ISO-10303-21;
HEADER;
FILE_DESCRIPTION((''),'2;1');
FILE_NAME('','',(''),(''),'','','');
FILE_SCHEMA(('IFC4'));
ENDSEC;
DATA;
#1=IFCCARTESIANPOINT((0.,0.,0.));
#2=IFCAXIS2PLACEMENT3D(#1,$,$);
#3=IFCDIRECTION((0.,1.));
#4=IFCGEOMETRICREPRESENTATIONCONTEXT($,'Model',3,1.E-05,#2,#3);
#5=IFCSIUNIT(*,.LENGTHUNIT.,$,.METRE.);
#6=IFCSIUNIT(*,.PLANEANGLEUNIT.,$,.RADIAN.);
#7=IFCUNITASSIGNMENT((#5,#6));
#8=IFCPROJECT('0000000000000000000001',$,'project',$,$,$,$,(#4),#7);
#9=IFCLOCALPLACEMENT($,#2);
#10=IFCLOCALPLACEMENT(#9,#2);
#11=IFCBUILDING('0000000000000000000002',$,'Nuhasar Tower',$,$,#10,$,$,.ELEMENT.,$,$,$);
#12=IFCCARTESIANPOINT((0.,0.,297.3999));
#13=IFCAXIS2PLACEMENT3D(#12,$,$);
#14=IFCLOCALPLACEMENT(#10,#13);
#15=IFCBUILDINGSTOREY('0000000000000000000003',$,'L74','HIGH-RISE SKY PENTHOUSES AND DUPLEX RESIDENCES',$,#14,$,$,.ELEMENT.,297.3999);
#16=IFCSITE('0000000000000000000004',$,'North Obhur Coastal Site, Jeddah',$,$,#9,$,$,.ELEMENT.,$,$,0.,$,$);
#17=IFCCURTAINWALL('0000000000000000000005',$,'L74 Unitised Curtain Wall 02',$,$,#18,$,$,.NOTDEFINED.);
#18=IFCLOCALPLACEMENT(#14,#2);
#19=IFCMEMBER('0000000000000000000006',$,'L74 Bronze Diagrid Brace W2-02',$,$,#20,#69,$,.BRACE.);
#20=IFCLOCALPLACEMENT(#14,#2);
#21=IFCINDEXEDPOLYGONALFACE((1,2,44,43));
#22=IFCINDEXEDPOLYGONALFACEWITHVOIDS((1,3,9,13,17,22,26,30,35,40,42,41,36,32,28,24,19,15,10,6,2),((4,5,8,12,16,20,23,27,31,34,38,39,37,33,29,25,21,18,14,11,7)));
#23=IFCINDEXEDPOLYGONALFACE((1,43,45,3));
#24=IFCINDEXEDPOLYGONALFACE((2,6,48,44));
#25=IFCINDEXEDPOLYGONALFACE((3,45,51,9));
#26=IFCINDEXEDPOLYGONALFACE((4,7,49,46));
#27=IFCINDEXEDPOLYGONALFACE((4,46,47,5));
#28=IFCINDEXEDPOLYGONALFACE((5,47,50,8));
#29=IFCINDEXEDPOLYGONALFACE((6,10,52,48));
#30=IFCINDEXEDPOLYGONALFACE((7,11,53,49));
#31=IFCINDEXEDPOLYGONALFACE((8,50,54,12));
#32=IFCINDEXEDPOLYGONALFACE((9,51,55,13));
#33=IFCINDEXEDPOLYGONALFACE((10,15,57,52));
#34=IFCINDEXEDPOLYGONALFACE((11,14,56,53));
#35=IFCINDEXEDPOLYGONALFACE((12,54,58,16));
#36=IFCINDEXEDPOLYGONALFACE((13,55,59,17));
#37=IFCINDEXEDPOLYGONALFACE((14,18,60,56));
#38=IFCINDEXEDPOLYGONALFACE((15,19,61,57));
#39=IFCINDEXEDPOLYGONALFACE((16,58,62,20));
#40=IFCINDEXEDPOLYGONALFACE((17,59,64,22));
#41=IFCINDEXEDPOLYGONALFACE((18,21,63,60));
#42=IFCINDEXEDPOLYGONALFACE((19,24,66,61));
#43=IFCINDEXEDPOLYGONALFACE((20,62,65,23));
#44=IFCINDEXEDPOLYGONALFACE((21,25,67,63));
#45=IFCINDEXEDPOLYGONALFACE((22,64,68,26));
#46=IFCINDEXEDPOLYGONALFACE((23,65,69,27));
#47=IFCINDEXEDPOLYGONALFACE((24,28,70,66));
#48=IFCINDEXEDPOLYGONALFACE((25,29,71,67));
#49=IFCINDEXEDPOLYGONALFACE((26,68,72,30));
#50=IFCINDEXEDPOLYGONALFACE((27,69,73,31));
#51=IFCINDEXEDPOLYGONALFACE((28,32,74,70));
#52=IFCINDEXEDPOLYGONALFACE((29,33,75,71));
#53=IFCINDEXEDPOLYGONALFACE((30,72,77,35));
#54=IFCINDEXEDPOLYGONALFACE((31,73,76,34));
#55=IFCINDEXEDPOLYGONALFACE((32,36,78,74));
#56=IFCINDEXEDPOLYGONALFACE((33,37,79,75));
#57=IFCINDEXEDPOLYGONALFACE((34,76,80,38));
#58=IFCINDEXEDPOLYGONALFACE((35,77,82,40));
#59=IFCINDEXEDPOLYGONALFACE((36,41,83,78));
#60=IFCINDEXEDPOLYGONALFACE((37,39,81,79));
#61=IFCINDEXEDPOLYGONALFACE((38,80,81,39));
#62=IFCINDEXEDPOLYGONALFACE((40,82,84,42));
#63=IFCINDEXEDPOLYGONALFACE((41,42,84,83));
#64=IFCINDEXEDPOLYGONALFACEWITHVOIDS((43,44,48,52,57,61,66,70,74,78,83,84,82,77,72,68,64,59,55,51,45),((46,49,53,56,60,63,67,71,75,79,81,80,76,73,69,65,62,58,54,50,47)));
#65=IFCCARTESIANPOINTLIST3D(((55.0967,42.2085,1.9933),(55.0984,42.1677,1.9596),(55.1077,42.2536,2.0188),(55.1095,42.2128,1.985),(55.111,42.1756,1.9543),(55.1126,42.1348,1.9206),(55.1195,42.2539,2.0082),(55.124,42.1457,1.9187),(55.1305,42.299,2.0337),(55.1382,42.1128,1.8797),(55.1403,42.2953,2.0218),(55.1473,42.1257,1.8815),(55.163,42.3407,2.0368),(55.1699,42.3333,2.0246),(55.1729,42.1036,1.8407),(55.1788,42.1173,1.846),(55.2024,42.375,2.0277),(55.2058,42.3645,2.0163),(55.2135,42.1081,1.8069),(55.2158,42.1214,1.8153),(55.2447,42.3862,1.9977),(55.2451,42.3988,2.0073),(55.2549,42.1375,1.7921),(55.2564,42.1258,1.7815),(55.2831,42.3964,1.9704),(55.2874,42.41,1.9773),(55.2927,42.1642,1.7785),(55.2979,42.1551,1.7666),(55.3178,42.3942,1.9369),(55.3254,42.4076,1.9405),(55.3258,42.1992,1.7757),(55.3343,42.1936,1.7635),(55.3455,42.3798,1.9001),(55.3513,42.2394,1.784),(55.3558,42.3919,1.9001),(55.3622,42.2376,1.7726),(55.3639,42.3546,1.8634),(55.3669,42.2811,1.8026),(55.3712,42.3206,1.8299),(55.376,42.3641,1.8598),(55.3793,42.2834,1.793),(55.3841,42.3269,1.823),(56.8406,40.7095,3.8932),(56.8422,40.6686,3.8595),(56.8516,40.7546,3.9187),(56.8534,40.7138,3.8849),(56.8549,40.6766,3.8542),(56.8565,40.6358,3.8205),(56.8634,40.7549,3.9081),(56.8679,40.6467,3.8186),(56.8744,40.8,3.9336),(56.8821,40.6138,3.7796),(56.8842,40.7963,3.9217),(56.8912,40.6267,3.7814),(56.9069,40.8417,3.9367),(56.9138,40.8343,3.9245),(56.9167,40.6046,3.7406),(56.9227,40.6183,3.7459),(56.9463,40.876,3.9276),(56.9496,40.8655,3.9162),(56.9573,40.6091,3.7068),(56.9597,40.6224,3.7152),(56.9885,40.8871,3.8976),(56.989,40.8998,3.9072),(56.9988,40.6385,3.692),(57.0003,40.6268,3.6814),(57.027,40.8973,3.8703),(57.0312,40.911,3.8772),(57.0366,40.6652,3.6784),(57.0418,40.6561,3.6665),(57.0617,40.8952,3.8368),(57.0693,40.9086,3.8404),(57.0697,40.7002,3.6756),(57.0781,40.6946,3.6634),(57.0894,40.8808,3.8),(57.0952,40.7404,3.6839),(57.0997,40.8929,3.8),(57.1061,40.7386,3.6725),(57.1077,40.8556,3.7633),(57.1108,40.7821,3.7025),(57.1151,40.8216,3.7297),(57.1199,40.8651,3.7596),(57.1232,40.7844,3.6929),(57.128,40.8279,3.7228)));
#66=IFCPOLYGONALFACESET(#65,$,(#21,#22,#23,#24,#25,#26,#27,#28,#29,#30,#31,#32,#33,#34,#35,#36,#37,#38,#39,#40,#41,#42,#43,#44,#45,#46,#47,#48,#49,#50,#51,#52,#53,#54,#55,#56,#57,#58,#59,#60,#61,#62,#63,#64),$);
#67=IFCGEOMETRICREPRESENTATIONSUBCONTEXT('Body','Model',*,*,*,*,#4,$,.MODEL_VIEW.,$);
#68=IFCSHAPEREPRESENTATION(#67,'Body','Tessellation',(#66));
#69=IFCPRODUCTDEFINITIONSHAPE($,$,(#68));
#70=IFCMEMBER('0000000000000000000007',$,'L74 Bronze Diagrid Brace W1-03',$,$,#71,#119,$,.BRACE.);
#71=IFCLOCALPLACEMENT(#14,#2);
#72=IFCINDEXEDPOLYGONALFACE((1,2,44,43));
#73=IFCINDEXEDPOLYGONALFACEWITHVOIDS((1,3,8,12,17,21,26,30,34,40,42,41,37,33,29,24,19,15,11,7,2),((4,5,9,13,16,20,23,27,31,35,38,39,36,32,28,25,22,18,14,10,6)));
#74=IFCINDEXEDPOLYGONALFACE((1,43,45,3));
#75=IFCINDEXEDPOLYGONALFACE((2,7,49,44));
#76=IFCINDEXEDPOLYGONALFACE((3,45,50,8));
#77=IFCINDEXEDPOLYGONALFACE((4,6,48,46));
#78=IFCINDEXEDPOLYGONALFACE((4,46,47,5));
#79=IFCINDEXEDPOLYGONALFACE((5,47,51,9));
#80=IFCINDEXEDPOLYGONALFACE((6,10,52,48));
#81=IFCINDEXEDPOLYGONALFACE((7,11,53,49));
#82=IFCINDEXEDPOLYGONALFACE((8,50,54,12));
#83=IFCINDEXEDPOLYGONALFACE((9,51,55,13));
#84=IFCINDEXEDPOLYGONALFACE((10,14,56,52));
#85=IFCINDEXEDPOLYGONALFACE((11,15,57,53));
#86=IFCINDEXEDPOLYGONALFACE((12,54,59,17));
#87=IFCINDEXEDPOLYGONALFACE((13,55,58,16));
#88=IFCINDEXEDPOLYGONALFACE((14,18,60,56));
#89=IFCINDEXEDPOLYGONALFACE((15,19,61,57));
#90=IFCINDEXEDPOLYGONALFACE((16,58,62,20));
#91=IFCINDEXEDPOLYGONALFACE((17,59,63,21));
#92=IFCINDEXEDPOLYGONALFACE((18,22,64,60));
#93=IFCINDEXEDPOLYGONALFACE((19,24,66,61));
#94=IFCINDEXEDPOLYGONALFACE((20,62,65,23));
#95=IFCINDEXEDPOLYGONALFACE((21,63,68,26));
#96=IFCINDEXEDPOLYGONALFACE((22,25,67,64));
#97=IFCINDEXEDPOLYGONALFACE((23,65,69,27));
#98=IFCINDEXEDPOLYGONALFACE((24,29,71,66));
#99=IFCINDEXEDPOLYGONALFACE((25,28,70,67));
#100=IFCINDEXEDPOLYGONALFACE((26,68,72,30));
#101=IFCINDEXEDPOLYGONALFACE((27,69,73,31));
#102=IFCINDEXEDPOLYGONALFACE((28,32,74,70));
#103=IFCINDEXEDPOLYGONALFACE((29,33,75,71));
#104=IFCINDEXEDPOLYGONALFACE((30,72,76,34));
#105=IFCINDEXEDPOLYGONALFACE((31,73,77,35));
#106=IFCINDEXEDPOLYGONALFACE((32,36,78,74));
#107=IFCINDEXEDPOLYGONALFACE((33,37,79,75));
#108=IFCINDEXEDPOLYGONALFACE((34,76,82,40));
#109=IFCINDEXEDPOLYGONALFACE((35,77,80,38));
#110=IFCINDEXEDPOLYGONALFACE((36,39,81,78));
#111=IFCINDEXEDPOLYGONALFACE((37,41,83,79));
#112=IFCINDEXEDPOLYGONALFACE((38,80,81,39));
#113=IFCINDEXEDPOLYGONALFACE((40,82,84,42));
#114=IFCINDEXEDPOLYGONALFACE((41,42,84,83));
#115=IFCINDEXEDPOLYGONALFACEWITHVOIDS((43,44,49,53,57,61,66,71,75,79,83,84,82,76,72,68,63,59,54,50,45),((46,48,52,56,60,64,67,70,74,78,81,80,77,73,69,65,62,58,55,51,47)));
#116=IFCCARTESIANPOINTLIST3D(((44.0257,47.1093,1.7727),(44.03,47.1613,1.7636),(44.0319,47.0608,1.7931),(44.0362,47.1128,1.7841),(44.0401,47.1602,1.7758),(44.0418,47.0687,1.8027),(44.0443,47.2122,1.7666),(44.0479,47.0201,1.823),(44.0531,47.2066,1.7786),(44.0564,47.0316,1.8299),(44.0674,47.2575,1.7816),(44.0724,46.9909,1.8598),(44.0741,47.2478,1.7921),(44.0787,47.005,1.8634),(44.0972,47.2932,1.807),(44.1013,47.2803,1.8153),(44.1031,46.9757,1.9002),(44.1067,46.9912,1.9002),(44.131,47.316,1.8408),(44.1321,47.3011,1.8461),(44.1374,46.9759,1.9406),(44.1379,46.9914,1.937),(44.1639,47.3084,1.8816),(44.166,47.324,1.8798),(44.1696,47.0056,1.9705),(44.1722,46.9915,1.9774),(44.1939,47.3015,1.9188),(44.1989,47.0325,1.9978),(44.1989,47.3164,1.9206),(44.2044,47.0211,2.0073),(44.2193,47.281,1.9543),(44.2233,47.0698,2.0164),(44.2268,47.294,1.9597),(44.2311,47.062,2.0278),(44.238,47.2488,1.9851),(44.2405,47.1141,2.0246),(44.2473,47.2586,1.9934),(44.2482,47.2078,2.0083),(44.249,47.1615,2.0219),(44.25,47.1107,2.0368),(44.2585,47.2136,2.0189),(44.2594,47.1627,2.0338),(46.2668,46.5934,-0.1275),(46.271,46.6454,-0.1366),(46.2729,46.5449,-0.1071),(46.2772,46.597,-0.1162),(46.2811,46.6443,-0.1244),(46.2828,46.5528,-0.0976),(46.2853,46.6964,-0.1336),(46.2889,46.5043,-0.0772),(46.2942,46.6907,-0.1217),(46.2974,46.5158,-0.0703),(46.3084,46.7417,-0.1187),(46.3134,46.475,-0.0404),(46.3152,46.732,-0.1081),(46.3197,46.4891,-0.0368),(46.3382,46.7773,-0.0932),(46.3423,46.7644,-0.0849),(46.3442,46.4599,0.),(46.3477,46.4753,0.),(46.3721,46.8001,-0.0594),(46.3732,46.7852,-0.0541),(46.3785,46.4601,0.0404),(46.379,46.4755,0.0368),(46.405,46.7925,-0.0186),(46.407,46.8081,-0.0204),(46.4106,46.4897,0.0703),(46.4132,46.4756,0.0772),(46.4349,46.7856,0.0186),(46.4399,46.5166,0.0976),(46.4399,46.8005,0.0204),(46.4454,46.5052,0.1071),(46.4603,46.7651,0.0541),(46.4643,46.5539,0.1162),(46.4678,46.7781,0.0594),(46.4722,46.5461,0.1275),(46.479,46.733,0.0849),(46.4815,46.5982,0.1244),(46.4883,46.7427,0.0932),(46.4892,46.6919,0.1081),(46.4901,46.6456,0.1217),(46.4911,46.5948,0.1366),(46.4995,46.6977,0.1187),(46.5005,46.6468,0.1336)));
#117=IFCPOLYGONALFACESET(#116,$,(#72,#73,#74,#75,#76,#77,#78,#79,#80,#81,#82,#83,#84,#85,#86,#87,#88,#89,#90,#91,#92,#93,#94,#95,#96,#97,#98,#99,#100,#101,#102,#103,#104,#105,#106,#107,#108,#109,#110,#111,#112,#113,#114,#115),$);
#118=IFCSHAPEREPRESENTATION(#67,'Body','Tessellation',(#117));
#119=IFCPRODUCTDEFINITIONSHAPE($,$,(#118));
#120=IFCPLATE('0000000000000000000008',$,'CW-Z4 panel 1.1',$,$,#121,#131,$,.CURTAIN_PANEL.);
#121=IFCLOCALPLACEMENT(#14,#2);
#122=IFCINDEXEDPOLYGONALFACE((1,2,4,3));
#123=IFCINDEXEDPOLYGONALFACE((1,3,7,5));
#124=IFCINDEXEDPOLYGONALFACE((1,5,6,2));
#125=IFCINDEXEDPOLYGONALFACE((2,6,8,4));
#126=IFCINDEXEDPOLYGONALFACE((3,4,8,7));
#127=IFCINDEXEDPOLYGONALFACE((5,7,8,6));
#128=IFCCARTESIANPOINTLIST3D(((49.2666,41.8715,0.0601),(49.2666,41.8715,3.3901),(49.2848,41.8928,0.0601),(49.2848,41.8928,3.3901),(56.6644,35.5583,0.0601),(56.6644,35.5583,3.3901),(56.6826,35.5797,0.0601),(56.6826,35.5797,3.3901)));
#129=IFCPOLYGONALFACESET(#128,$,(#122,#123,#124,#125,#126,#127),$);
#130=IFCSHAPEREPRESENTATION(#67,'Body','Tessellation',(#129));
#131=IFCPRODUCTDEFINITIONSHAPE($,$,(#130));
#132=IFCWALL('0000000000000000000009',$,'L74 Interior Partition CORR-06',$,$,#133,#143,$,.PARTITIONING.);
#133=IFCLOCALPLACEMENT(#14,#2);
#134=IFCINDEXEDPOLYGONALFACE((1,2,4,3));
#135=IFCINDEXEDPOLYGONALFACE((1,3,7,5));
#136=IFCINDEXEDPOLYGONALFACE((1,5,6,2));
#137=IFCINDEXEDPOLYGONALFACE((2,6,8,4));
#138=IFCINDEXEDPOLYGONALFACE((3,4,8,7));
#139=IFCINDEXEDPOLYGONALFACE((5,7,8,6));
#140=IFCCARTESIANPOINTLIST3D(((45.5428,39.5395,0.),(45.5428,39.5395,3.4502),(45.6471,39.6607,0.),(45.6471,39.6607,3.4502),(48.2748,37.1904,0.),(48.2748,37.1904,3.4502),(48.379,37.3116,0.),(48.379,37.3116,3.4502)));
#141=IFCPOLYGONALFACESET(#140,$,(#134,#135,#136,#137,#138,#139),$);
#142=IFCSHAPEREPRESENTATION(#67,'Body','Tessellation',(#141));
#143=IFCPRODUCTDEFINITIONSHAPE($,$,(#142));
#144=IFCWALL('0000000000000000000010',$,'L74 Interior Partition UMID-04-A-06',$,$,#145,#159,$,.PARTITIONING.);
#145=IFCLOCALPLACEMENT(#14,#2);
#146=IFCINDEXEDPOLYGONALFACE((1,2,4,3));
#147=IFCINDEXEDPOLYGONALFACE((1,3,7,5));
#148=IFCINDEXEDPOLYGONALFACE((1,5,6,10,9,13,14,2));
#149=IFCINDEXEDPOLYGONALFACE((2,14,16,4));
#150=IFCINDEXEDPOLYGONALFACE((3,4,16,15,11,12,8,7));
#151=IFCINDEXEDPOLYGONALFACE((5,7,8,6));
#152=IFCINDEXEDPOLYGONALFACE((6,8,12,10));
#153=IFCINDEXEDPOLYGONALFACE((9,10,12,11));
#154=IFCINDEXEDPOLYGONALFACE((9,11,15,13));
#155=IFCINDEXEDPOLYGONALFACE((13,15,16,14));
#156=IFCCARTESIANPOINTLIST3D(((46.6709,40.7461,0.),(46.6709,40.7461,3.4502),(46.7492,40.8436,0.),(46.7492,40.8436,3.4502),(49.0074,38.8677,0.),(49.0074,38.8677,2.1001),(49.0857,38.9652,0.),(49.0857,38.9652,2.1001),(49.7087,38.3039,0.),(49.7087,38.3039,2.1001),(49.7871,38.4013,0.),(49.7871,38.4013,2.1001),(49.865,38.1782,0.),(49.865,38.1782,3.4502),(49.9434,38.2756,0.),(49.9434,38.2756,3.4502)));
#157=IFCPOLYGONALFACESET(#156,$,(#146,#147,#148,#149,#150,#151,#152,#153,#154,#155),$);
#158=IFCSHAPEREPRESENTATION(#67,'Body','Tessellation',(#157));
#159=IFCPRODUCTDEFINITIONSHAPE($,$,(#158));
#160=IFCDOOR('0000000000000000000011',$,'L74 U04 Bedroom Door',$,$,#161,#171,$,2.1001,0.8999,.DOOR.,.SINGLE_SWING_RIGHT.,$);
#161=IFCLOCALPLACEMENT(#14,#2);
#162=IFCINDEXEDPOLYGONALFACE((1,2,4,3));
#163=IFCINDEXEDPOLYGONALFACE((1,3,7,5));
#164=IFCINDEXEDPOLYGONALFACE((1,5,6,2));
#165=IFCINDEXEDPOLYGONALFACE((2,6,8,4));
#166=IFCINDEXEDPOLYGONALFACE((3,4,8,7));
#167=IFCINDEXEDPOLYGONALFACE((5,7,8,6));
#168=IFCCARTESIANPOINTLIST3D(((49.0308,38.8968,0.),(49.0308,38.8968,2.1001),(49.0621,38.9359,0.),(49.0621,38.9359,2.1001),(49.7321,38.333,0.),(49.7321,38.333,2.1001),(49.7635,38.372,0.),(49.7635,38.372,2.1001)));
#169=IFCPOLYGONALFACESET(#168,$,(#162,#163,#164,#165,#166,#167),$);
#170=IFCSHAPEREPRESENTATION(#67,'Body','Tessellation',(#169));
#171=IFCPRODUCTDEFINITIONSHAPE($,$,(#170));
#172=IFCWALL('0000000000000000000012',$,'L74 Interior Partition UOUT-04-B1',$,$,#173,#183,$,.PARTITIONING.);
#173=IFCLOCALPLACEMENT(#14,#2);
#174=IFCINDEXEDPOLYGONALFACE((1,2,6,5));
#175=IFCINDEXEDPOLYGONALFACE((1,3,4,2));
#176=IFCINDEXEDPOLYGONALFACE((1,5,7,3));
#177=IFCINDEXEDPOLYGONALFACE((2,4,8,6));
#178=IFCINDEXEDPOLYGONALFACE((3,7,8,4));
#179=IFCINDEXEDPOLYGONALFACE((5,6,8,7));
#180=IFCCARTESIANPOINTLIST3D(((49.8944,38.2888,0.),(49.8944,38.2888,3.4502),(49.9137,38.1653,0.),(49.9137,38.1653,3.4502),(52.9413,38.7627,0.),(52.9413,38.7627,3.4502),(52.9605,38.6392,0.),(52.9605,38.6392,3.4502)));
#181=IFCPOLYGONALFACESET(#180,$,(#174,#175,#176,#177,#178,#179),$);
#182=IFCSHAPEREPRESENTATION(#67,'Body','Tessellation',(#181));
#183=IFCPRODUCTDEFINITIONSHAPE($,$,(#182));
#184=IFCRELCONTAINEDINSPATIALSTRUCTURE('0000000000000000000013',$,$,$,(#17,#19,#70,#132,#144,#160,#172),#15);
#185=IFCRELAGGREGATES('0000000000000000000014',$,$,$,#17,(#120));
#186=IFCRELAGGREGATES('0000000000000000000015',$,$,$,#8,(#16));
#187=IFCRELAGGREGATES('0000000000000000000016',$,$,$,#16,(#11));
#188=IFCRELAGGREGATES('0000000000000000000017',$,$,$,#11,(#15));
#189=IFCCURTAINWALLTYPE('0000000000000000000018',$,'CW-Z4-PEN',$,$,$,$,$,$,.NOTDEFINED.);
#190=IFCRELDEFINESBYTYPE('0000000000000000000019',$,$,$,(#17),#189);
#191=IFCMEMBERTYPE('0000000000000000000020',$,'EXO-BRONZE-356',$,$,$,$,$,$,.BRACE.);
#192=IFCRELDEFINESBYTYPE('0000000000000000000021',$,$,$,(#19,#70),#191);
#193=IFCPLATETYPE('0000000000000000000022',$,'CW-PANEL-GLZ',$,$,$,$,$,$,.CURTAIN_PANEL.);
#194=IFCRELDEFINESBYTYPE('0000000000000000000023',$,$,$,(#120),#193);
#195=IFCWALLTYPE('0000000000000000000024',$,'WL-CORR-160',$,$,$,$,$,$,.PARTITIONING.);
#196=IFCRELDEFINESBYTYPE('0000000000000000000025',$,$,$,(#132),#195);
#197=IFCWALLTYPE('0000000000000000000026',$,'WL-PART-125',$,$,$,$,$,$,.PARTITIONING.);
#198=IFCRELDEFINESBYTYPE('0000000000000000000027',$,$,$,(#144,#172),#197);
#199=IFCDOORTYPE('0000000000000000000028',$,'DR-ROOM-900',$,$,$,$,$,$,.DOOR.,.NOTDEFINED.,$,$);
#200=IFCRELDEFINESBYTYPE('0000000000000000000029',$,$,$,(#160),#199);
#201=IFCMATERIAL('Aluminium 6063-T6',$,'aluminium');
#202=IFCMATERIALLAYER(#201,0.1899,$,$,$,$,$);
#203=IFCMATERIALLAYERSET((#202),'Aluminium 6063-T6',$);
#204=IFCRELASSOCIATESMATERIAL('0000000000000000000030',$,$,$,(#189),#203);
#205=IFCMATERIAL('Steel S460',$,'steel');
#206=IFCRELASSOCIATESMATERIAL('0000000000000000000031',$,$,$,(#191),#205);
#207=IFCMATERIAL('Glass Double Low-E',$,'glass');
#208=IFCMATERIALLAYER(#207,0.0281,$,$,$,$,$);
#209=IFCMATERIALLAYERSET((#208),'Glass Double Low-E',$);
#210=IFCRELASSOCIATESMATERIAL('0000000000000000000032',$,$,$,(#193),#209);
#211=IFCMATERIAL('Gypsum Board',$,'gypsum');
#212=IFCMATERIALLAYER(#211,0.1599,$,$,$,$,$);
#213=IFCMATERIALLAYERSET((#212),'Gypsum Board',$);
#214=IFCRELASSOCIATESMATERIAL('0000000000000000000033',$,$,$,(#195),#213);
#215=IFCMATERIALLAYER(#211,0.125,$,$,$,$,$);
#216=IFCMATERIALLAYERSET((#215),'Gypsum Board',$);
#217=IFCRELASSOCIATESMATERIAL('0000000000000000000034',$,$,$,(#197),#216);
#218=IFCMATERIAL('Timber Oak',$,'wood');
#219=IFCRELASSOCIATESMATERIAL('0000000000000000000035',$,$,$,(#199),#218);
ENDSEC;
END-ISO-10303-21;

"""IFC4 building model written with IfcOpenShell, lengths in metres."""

from ifc_helpers import new_model, si_unit, direction, frame, frame_2d, origin, origin_2d, place, context, subcontext, project, spatial, rectangle, hollow_circle, extrude, material, layer, layer_set, material_profile, profile_set, type_object, element, fill, aggregate, save


model = new_model("IFC4")

# Units and contexts
model_context = context("Model", 3, precision=1e-05, world=origin(), true_north=direction((0.0, 1.0)))
body_context = subcontext(model_context, "Body", "Model", "MODEL_VIEW")
ifc_project = project(units=[si_unit("LENGTHUNIT", "METRE"), si_unit("PLANEANGLEUNIT", "RADIAN")], contexts=[model_context])

# Site, building, storey
site_placement = place(None, origin())
site = spatial("IfcSite", under=ifc_project, at=site_placement, Name="North Obhur Coastal Site, Jeddah", CompositionType="ELEMENT", RefElevation=0.0)
building_placement = place(site_placement, origin())
building = spatial("IfcBuilding", under=site, at=building_placement, Name="Nuhasar Tower", CompositionType="ELEMENT")
storey_placement = place(building_placement, frame((0.0, 0.0, 297.3999)))
storey = spatial("IfcBuildingStorey", under=building, at=storey_placement, Name="L74", Description="HIGH-RISE SKY PENTHOUSES AND DUPLEX RESIDENCES", CompositionType="ELEMENT", Elevation=297.3999)

# Curtain wall
ifc_material_1 = material(Name="Aluminium 6063-T6", Category="aluminium")
ifc_layer_1 = layer(ifc_material_1, 0.1899)
ifc_layer_set_1 = layer_set([ifc_layer_1], Name="Aluminium 6063-T6")
curtain_wall_type = type_object("IfcCurtainWallType", Name="CW-Z4-PEN", PredefinedType="NOTDEFINED", material=ifc_layer_set_1)
curtain_wall_1_placement = place(storey_placement, origin())
curtain_wall_1 = element("IfcCurtainWall", 1, at=curtain_wall_1_placement, inside=storey, type_object=curtain_wall_type, Name="L74 Unitised Curtain Wall 02", PredefinedType="NOTDEFINED")

# Members
ifc_material_2 = material(Name="Steel S460", Category="steel")
ifc_material_profile_1 = material_profile(ifc_material_2, hollow_circle(Radius=0.1777, WallThickness=0.0159, at=origin_2d()), Name="HSS355.6X15.9")
ifc_profile_set_1 = profile_set([ifc_material_profile_1], Name="Steel S460")
member_type_1 = type_object("IfcMemberType", Name="EXO-BRONZE-356", PredefinedType="BRACE", material=ifc_profile_set_1)
member_1_placement = place(storey_placement, frame((55.24, 42.2571, 1.9001), z_axis=(0.584625, -0.502534, 0.636925), x_axis=(0.651857, 0.758342, 0.0)))
element("IfcMember", 2, at=member_1_placement, inside=storey, type_object=member_type_1, Name="L74 Bronze Diagrid Brace W2-02", PredefinedType="BRACE", context=body_context, shape_type="SweptSolid", body=[
    extrude(hollow_circle(Radius=0.1777, WallThickness=0.0159, at=origin_2d()), origin(), (0.0, 0.0, 1.0), 2.9829),
])
member_2_placement = place(storey_placement, frame((46.384, 46.6331, 0.0), z_axis=(-0.751232, 0.172933, 0.63698), x_axis=(-0.224332, -0.974513, 0.0)))
element("IfcMember", 3, at=member_2_placement, inside=storey, type_object=member_type_1, Name="L74 Bronze Diagrid Brace W1-03", PredefinedType="BRACE", context=body_context, shape_type="SweptSolid", body=[
    extrude(hollow_circle(Radius=0.1777, WallThickness=0.0159, at=origin_2d()), origin(), (0.0, 0.0, 1.0), 2.9832),
])

# Plate
ifc_material_3 = material(Name="Glass Double Low-E", Category="glass")
ifc_layer_2 = layer(ifc_material_3, 0.0281)
ifc_layer_set_2 = layer_set([ifc_layer_2], Name="Glass Double Low-E")
plate_type = type_object("IfcPlateType", Name="CW-PANEL-GLZ", PredefinedType="CURTAIN_PANEL", material=ifc_layer_set_2)
plate_placement = place(storey_placement, frame((52.9746, 38.7256, 0.0601), z_axis=(0.0, 0.0, 1.0), x_axis=(-0.760667, 0.649142, 0.0)))
plate = element("IfcPlate", 4, at=plate_placement, type_object=plate_type, Name="CW-Z4 panel 1.1", PredefinedType="CURTAIN_PANEL", context=body_context, shape_type="SweptSolid", body=[
    extrude(rectangle(XDim=9.7253, YDim=0.0281, at=origin_2d()), origin(), (0.0, 0.0, 1.0), 3.3301),
])
aggregate(curtain_wall_1, [plate])

# Wall
ifc_material_4 = material(Name="Gypsum Board", Category="gypsum")
ifc_layer_3 = layer(ifc_material_4, 0.1599)
ifc_layer_set_3 = layer_set([ifc_layer_3], Name="Gypsum Board")
wall_type_1 = type_object("IfcWallType", Name="WL-CORR-160", PredefinedType="PARTITIONING", material=ifc_layer_set_3)
wall_1_placement = place(storey_placement, frame((48.3269, 37.251, 0.0), z_axis=(0.0, 0.0, 1.0), x_axis=(-0.758232, 0.651985, 0.0)))
element("IfcWall", 5, at=wall_1_placement, inside=storey, type_object=wall_type_1, Name="L74 Interior Partition CORR-06", PredefinedType="PARTITIONING", context=body_context, shape_type="SweptSolid", body=[
    extrude(rectangle(XDim=3.603, YDim=0.1599, at=frame_2d((1.8015, 0.0))), origin(), (0.0, 0.0, 1.0), 3.4502),
])

# Wall, opening, door
ifc_layer_4 = layer(ifc_material_4, 0.125)
ifc_layer_set_4 = layer_set([ifc_layer_4], Name="Gypsum Board")
wall_type_2 = type_object("IfcWallType", Name="WL-PART-125", PredefinedType="PARTITIONING", material=ifc_layer_set_4)
wall_2_placement = place(storey_placement, frame((46.71, 40.7949, 0.0), z_axis=(0.0, 0.0, 1.0), x_axis=(0.779367, -0.626568, 0.0)))
wall_2 = element("IfcWall", 6, at=wall_2_placement, inside=storey, type_object=wall_type_2, Name="L74 Interior Partition UMID-04-A-06", PredefinedType="PARTITIONING", context=body_context, shape_type="SweptSolid", body=[
    extrude(rectangle(XDim=4.0984, YDim=0.125, at=frame_2d((2.0493, 0.0))), origin(), (0.0, 0.0, 1.0), 3.4502),
])
opening_placement = place(wall_2_placement, frame((2.998, 0.0, 0.0)))
opening = element("IfcOpeningElement", 7, at=opening_placement, cuts=wall_2, PredefinedType="OPENING", context=body_context, shape_type="SweptSolid", body=[
    extrude(rectangle(XDim=0.8999, YDim=2.1001, at=frame_2d((0.45, 1.05))), frame((0.0, 0.0725, 0.0), z_axis=(0.0, -1.0, 0.0), x_axis=(1.0, 0.0, 0.0)), (0.0, 0.0, 1.0), 0.145),
])
ifc_material_5 = material(Name="Timber Oak", Category="wood")
door_type = type_object("IfcDoorType", Name="DR-ROOM-900", OperationType="NOTDEFINED", PredefinedType="DOOR", material=ifc_material_5)
door_placement = place(opening_placement, origin())
door = element("IfcDoor", 8, at=door_placement, inside=storey, type_object=door_type, Name="L74 U04 Bedroom Door", OperationType="SINGLE_SWING_RIGHT", OverallHeight=2.1001, OverallWidth=0.8999, PredefinedType="DOOR", context=body_context, shape_type="SweptSolid", body=[
    extrude(rectangle(XDim=0.8999, YDim=2.1001, at=frame_2d((0.45, 1.05))), frame((0.0, 0.0249, 0.0), z_axis=(0.0, -1.0, 0.0), x_axis=(1.0, 0.0, 0.0)), (0.0, 0.0, 1.0), 0.05),
])
fill(opening, door)

# Wall
wall_3_placement = place(storey_placement, frame((49.9041, 38.2271, 0.0), z_axis=(0.0, 0.0, 1.0), x_axis=(0.98812, 0.153681, 0.0)))
element("IfcWall", 9, at=wall_3_placement, inside=storey, type_object=wall_type_2, Name="L74 Interior Partition UOUT-04-B1", PredefinedType="PARTITIONING", context=body_context, shape_type="SweptSolid", body=[
    extrude(rectangle(XDim=3.0835, YDim=0.125, at=frame_2d((1.5417, 0.0))), origin(), (0.0, 0.0, 1.0), 3.4502),
])

save(model, "model.ifc")
